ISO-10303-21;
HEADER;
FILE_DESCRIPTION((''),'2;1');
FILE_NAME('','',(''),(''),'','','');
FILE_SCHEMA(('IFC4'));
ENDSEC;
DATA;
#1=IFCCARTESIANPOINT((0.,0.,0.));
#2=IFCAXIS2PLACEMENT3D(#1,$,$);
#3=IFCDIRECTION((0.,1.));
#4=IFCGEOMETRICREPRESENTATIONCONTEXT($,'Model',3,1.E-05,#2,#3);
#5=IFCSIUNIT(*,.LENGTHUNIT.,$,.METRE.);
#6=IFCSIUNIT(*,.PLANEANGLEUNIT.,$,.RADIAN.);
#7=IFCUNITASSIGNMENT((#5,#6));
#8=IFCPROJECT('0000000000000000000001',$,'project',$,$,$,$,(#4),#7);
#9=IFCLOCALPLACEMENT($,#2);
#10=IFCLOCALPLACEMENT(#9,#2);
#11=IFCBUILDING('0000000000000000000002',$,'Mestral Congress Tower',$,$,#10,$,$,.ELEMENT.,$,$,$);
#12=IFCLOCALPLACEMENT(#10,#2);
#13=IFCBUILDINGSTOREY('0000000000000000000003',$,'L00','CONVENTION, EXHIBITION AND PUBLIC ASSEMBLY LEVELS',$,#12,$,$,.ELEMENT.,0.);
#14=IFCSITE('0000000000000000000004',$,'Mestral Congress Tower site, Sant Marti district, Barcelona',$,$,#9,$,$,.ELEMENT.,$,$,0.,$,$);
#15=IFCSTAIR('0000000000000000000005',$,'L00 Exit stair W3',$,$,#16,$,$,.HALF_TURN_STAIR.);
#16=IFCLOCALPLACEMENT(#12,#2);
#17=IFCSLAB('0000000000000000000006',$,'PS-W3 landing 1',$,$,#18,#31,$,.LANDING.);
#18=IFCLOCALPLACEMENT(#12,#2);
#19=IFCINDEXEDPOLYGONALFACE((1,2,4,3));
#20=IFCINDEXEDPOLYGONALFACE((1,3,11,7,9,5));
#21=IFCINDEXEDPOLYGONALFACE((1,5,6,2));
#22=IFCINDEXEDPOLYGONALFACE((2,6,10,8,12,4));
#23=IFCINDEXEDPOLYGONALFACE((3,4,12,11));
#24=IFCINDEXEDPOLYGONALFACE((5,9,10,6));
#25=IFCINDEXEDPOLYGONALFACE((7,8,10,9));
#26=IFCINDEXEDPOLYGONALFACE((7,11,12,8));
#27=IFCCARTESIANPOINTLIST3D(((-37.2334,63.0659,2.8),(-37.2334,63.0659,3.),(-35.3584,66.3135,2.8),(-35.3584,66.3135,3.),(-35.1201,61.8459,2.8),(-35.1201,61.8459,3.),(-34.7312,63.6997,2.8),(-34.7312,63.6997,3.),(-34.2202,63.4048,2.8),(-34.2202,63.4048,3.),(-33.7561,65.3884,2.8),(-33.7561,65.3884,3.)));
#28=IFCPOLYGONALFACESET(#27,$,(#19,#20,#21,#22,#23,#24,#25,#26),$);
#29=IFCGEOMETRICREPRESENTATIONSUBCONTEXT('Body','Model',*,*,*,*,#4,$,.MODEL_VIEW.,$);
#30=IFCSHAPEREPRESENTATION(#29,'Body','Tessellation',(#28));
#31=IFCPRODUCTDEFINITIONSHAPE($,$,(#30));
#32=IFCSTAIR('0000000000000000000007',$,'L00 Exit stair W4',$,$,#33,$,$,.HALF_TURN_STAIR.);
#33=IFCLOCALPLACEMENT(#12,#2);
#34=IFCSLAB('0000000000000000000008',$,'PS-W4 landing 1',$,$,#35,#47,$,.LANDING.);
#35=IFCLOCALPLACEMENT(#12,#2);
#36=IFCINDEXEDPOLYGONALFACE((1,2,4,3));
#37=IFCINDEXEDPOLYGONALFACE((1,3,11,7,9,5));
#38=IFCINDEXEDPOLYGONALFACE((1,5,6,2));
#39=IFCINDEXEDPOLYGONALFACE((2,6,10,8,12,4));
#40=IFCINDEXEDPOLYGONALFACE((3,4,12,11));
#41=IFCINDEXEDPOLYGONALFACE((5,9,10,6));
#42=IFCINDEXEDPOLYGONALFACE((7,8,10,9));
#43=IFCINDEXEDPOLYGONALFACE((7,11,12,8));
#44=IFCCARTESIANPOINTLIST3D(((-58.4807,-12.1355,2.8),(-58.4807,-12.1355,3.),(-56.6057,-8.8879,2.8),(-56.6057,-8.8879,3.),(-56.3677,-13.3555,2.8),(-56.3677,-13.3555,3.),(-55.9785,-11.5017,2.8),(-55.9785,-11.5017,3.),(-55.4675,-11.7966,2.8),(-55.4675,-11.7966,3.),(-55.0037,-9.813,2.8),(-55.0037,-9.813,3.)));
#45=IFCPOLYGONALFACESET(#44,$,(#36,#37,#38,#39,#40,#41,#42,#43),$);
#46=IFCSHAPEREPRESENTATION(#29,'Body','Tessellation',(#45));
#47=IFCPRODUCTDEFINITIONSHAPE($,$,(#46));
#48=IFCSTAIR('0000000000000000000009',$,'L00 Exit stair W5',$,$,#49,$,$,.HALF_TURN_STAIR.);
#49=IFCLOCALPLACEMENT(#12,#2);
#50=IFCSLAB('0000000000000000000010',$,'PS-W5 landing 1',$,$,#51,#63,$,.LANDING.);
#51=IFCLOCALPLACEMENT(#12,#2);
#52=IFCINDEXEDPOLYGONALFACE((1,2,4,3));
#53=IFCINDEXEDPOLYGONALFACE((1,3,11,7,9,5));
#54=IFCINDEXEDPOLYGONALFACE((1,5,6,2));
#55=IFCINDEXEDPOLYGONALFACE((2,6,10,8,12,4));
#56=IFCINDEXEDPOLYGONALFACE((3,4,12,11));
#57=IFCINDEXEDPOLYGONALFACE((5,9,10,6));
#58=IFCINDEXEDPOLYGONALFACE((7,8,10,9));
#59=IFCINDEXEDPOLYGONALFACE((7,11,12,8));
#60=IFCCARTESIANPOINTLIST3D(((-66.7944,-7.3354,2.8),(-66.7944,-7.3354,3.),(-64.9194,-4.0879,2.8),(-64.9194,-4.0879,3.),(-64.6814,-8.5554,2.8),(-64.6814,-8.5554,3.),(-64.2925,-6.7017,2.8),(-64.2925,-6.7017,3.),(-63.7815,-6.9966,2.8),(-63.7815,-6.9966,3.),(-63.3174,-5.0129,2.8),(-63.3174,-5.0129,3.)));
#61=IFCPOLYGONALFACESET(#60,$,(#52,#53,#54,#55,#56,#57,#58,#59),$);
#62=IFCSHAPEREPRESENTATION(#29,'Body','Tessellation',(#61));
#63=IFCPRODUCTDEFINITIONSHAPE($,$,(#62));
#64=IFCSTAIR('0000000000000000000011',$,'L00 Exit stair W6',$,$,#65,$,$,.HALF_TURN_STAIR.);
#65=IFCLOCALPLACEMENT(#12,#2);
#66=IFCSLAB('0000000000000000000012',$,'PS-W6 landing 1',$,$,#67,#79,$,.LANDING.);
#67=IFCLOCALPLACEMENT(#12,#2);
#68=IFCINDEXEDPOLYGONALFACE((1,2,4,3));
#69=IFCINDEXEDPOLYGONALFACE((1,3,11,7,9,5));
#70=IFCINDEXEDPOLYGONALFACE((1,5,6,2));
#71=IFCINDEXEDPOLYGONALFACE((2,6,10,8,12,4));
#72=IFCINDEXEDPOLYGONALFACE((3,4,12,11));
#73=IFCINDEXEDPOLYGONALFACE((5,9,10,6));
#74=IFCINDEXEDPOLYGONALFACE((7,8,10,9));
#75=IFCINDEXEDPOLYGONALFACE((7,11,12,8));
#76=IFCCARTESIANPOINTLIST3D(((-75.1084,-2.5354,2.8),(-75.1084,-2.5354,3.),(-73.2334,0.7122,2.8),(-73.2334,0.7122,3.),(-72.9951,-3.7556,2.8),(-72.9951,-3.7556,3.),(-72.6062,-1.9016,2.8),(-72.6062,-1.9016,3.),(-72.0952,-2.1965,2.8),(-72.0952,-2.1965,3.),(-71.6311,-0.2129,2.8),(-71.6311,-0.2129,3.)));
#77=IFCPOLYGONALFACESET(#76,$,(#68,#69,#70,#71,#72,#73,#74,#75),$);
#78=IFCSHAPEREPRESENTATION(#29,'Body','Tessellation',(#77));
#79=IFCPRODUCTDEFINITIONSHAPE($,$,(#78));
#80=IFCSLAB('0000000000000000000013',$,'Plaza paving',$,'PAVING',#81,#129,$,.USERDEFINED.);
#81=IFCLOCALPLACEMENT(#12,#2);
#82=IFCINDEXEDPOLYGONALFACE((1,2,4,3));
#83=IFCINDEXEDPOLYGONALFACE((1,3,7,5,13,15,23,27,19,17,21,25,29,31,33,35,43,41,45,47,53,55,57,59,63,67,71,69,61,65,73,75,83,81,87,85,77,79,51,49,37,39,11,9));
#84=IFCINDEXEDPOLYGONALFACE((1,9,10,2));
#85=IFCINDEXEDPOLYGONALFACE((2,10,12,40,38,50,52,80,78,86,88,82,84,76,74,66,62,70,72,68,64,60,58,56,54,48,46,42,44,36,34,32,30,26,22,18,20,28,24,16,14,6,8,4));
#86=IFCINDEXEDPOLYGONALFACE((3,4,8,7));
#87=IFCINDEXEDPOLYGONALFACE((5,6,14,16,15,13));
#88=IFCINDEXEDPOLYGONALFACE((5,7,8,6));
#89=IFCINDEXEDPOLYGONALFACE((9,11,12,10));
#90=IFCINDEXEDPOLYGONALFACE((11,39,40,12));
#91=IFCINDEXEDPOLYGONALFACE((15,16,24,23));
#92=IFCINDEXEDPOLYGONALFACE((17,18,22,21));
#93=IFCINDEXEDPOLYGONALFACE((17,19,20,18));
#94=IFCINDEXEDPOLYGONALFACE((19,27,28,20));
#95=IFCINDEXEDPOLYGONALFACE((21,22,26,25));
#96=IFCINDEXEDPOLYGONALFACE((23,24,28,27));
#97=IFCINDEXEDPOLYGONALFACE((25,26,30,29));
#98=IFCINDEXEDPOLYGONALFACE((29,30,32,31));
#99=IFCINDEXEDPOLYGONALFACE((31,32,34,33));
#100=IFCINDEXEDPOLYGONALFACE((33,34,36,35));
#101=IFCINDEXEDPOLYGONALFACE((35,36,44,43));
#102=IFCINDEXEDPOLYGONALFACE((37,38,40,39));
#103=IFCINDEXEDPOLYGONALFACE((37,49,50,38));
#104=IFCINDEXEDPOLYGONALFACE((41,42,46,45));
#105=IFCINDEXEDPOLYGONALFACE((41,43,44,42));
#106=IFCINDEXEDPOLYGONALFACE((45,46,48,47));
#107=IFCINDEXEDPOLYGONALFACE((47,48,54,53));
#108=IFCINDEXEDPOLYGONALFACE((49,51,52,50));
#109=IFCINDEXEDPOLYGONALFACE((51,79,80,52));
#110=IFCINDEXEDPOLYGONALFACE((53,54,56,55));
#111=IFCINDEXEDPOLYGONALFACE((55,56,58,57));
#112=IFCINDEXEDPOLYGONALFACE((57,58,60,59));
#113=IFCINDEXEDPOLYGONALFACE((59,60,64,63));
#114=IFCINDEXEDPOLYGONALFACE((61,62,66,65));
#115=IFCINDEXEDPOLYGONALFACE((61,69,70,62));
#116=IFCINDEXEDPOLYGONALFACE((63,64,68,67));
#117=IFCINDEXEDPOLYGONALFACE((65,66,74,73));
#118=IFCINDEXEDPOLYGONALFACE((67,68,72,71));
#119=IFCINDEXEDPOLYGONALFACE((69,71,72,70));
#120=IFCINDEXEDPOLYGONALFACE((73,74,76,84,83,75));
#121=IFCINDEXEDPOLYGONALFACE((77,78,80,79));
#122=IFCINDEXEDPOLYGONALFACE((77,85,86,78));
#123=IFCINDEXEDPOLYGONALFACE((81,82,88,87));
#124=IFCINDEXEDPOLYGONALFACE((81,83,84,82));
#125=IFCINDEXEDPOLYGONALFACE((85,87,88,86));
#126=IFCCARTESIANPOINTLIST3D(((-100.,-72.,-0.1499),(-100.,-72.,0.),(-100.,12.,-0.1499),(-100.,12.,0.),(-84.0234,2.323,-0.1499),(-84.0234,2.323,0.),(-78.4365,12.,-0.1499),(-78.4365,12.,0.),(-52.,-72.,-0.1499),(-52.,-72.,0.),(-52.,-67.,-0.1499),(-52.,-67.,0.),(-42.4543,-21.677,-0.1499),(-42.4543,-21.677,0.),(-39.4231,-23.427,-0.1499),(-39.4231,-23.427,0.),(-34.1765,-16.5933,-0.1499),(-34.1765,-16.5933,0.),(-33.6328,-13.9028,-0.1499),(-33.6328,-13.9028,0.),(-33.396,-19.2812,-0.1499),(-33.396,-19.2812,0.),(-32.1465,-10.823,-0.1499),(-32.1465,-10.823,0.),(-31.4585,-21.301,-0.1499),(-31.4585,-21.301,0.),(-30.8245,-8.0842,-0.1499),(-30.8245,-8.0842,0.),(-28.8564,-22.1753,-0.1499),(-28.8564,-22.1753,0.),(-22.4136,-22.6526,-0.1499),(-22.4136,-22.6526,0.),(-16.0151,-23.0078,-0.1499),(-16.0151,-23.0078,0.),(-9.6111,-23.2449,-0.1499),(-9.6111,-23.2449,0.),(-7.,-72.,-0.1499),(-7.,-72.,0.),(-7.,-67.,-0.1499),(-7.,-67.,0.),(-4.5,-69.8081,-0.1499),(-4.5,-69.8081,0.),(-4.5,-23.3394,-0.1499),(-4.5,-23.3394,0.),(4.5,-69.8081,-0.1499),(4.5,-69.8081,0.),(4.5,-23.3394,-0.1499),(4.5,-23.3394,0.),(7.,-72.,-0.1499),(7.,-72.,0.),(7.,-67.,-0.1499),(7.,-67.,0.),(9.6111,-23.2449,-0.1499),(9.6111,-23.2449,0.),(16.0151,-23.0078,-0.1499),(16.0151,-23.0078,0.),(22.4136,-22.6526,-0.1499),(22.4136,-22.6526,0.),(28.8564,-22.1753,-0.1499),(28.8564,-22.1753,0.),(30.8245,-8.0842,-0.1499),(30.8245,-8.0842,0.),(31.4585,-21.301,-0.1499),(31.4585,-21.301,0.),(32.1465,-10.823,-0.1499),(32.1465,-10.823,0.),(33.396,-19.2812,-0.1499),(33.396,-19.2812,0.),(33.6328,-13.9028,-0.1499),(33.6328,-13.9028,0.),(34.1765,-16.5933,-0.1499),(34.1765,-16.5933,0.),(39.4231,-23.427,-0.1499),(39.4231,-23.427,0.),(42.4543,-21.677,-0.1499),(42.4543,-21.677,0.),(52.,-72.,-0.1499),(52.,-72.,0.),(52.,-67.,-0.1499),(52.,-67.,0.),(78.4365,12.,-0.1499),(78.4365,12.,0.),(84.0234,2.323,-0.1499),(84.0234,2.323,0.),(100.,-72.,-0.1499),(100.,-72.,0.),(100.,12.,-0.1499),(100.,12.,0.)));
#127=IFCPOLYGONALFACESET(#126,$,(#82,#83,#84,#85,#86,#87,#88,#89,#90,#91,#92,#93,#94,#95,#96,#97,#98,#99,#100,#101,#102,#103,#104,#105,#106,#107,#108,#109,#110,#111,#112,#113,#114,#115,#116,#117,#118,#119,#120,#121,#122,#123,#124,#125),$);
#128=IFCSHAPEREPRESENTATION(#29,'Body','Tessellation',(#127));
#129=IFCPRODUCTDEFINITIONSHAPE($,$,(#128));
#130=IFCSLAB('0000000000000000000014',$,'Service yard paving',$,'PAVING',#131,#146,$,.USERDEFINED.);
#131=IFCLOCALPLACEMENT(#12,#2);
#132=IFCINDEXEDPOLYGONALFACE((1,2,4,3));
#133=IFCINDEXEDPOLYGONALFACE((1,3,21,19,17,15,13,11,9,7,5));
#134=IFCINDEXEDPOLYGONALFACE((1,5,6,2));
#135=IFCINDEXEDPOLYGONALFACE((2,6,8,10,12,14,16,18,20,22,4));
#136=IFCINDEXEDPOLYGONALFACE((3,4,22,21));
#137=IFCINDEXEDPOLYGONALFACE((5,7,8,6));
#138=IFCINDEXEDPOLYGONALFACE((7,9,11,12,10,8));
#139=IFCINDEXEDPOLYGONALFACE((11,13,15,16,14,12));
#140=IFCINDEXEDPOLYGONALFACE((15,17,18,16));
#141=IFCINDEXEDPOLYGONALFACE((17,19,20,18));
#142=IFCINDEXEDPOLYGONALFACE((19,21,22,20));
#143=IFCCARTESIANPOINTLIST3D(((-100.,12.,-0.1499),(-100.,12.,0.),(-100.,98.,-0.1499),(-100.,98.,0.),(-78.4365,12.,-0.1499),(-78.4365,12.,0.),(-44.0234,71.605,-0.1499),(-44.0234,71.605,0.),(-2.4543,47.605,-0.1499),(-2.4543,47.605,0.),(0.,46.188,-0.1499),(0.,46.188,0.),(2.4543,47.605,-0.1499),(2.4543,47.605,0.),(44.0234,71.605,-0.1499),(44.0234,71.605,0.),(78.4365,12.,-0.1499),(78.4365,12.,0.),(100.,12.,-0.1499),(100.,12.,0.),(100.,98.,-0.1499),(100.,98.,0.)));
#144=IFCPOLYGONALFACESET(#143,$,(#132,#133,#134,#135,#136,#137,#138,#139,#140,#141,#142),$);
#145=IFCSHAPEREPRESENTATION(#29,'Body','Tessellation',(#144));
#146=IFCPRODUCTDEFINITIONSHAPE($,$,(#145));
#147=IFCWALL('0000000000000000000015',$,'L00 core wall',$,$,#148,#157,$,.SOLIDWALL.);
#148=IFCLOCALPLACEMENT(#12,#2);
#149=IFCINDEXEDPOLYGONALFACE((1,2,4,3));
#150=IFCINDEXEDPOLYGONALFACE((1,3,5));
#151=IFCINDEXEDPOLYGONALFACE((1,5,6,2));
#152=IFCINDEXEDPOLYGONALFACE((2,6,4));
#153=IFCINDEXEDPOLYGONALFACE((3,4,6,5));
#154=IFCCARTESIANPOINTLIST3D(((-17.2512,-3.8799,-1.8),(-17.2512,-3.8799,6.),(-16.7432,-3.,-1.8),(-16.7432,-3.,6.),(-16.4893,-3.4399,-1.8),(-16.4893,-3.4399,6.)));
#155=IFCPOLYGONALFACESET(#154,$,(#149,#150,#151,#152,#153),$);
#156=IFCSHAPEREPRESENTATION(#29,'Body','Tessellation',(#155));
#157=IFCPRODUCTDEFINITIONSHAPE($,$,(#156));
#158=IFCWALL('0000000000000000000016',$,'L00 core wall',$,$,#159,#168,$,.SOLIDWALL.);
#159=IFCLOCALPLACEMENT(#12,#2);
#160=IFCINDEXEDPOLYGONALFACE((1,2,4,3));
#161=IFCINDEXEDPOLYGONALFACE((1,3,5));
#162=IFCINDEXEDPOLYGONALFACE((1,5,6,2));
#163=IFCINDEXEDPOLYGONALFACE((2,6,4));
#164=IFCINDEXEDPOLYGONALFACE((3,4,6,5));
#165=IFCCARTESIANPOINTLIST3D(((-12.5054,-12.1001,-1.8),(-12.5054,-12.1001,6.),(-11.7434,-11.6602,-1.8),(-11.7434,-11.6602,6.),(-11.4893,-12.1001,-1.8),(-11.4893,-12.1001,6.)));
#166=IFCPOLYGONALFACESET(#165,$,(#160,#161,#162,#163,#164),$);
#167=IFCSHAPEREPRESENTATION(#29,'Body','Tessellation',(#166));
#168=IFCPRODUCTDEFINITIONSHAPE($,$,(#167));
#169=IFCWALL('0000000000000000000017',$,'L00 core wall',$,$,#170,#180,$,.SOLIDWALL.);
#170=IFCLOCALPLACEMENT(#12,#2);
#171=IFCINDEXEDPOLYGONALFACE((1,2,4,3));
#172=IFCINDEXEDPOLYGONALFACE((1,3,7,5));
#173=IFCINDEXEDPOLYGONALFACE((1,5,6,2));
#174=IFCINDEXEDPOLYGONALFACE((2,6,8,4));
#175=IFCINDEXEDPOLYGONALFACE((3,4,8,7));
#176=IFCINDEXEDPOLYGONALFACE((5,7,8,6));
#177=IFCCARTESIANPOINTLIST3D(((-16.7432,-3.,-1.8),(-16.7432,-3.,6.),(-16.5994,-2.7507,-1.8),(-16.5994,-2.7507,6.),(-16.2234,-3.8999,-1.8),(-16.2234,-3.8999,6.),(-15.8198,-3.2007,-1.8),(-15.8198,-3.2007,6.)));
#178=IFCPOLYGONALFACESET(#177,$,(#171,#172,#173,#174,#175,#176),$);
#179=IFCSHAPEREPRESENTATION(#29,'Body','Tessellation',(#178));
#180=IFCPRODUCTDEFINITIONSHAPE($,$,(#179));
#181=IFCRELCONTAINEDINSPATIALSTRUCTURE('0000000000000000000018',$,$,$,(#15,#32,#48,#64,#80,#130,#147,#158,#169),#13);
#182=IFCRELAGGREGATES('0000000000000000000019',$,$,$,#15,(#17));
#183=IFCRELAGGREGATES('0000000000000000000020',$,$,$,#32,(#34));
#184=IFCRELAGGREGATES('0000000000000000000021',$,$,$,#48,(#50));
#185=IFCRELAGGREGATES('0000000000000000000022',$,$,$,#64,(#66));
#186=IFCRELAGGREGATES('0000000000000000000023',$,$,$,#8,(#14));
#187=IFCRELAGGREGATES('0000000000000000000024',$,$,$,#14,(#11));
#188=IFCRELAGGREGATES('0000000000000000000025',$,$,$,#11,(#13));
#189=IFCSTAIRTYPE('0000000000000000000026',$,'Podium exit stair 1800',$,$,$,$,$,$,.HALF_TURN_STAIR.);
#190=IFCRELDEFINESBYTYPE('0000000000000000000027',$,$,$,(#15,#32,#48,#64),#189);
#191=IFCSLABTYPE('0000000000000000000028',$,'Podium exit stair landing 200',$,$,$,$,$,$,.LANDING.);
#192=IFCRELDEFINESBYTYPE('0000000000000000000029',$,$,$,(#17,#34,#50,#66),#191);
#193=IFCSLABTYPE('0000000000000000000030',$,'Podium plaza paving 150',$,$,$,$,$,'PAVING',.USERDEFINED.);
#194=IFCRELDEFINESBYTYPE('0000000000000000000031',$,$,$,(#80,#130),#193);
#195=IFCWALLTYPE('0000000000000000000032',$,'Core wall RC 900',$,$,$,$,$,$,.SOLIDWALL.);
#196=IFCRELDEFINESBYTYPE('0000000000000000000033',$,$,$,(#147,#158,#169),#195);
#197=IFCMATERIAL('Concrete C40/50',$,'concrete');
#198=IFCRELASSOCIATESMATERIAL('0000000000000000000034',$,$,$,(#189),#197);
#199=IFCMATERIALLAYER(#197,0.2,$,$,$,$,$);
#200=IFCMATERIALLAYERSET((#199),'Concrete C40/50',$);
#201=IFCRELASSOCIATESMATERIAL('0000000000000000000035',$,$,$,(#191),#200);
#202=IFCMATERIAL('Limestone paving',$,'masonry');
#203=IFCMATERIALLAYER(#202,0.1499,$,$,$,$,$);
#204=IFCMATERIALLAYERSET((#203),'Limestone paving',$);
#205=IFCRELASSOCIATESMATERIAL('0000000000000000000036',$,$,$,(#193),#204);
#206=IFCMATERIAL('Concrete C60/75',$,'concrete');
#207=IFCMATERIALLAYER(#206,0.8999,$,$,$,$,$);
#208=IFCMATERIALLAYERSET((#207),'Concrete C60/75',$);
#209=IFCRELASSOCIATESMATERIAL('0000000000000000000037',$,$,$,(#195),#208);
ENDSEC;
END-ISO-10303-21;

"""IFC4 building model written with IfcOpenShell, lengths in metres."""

from ifc_helpers import new_model, si_unit, direction, frame, origin, place, context, subcontext, project, spatial, polyline, outline, extrude, material, layer, layer_set, type_object, element, aggregate, save


model = new_model("IFC4")

# Units and contexts
model_context = context("Model", 3, precision=1e-05, world=origin(), true_north=direction((0.0, 1.0)))
body_context = subcontext(model_context, "Body", "Model", "MODEL_VIEW")
ifc_project = project(units=[si_unit("LENGTHUNIT", "METRE"), si_unit("PLANEANGLEUNIT", "RADIAN")], contexts=[model_context])

# Site, building, storey
site_placement = place(None, origin())
site = spatial("IfcSite", under=ifc_project, at=site_placement, Name="Mestral Congress Tower site, Sant Marti district, Barcelona", CompositionType="ELEMENT", RefElevation=0.0)
building_placement = place(site_placement, origin())
building = spatial("IfcBuilding", under=site, at=building_placement, Name="Mestral Congress Tower", CompositionType="ELEMENT")
storey_placement = place(building_placement, origin())
storey = spatial("IfcBuildingStorey", under=building, at=storey_placement, Name="L00", Description="CONVENTION, EXHIBITION AND PUBLIC ASSEMBLY LEVELS", CompositionType="ELEMENT", Elevation=0.0)

# Stairs, slabs
ifc_material_1 = material(Name="Concrete C40/50", Category="concrete")
stair_type = type_object("IfcStairType", Name="Podium exit stair 1800", PredefinedType="HALF_TURN_STAIR", material=ifc_material_1)
placement_1 = place(storey_placement, origin())
ifc_layer_1 = layer(ifc_material_1, 0.2)
ifc_layer_set_1 = layer_set([ifc_layer_1], Name="Concrete C40/50")
slab_type_1 = type_object("IfcSlabType", Name="Podium exit stair landing 200", PredefinedType="LANDING", material=ifc_layer_set_1)
placement_2 = place(storey_placement, frame((0.0, 0.0, 2.8)))
stair_1 = element("IfcStair", 1, at=placement_1, inside=storey, type_object=stair_type, Name="L00 Exit stair W3", PredefinedType="HALF_TURN_STAIR")
slab_1 = element("IfcSlab", 2, at=placement_2, type_object=slab_type_1, Name="PS-W3 landing 1", PredefinedType="LANDING", context=body_context, shape_type="SweptSolid", body=[
    extrude(outline(polyline([(-34.2202, 63.4048), (-35.1201, 61.8459), (-37.2334, 63.0659), (-35.3584, 66.3135), (-33.7561, 65.3884), (-34.7312, 63.6997), (-34.2202, 63.4048)])), origin(), (0.0, 0.0, 1.0), 0.2),
])
aggregate(stair_1, [slab_1])
stair_2 = element("IfcStair", 3, at=placement_1, inside=storey, type_object=stair_type, Name="L00 Exit stair W4", PredefinedType="HALF_TURN_STAIR")
slab_2 = element("IfcSlab", 4, at=placement_2, type_object=slab_type_1, Name="PS-W4 landing 1", PredefinedType="LANDING", context=body_context, shape_type="SweptSolid", body=[
    extrude(outline(polyline([(-55.4675, -11.7966), (-56.3677, -13.3555), (-58.4807, -12.1355), (-56.6057, -8.8879), (-55.0037, -9.813), (-55.9785, -11.5017), (-55.4675, -11.7966)])), origin(), (0.0, 0.0, 1.0), 0.2),
])
aggregate(stair_2, [slab_2])
stair_3 = element("IfcStair", 5, at=placement_1, inside=storey, type_object=stair_type, Name="L00 Exit stair W5", PredefinedType="HALF_TURN_STAIR")
slab_3 = element("IfcSlab", 6, at=placement_2, type_object=slab_type_1, Name="PS-W5 landing 1", PredefinedType="LANDING", context=body_context, shape_type="SweptSolid", body=[
    extrude(outline(polyline([(-63.7815, -6.9966), (-64.6814, -8.5554), (-66.7944, -7.3354), (-64.9194, -4.0879), (-63.3174, -5.0129), (-64.2925, -6.7017), (-63.7815, -6.9966)])), origin(), (0.0, 0.0, 1.0), 0.2),
])
aggregate(stair_3, [slab_3])
stair_4 = element("IfcStair", 7, at=placement_1, inside=storey, type_object=stair_type, Name="L00 Exit stair W6", PredefinedType="HALF_TURN_STAIR")
slab_4 = element("IfcSlab", 8, at=placement_2, type_object=slab_type_1, Name="PS-W6 landing 1", PredefinedType="LANDING", context=body_context, shape_type="SweptSolid", body=[
    extrude(outline(polyline([(-72.0952, -2.1965), (-72.9951, -3.7556), (-75.1084, -2.5354), (-73.2334, 0.7122), (-71.6311, -0.2129), (-72.6062, -1.9016), (-72.0952, -2.1965)])), origin(), (0.0, 0.0, 1.0), 0.2),
])
aggregate(stair_4, [slab_4])

# Slabs
ifc_material_2 = material(Name="Limestone paving", Category="masonry")
ifc_layer_2 = layer(ifc_material_2, 0.1499)
ifc_layer_set_2 = layer_set([ifc_layer_2], Name="Limestone paving")
slab_type_2 = type_object("IfcSlabType", Name="Podium plaza paving 150", ElementType="PAVING", PredefinedType="USERDEFINED", material=ifc_layer_set_2)
placement_3 = place(storey_placement, frame((0.0, 0.0, -0.1499)))
element("IfcSlab", 9, at=placement_3, inside=storey, type_object=slab_type_2, Name="Plaza paving", ObjectType="PAVING", PredefinedType="USERDEFINED", context=body_context, shape_type="SweptSolid", body=[
    extrude(outline(polyline([(100.0, -72.0), (52.0, -72.0), (52.0, -67.0), (7.0, -67.0), (7.0, -72.0), (-7.0, -72.0), (-7.0, -67.0), (-52.0, -67.0), (-52.0, -72.0), (-100.0, -72.0), (-100.0, 12.0), (-78.4365, 12.0), (-84.0234, 2.323), (-42.4543, -21.677), (-39.4231, -23.427), (-32.1465, -10.823), (-30.8245, -8.0842), (-33.6328, -13.9028), (-34.1765, -16.5933), (-33.396, -19.2812), (-31.4585, -21.301), (-28.8564, -22.1753), (-22.4136, -22.6526), (-16.0151, -23.0078), (-9.6111, -23.2449), (-4.5, -23.3394), (-4.5, -69.8081), (4.5, -69.8081), (4.5, -23.3394), (9.6111, -23.2449), (16.0151, -23.0078), (22.4136, -22.6526), (28.8564, -22.1753), (31.4585, -21.301), (33.396, -19.2812), (34.1765, -16.5933), (33.6328, -13.9028), (30.8245, -8.0842), (32.1465, -10.823), (39.4231, -23.427), (42.4543, -21.677), (84.0234, 2.323), (78.4365, 12.0), (100.0, 12.0), (100.0, -72.0)])), origin(), (0.0, 0.0, 1.0), 0.1499),
])
element("IfcSlab", 10, at=placement_3, inside=storey, type_object=slab_type_2, Name="Service yard paving", ObjectType="PAVING", PredefinedType="USERDEFINED", context=body_context, shape_type="SweptSolid", body=[
    extrude(outline(polyline([(-100.0, 98.0), (100.0, 98.0), (100.0, 12.0), (78.4365, 12.0), (44.0234, 71.605), (2.4543, 47.605), (0.0, 46.188), (-2.4543, 47.605), (-44.0234, 71.605), (-78.4365, 12.0), (-100.0, 12.0), (-100.0, 98.0)])), origin(), (0.0, 0.0, 1.0), 0.1499),
])

# Walls
ifc_material_3 = material(Name="Concrete C60/75", Category="concrete")
ifc_layer_3 = layer(ifc_material_3, 0.8999)
ifc_layer_set_3 = layer_set([ifc_layer_3], Name="Concrete C60/75")
wall_type_1 = type_object("IfcWallType", Name="Core wall RC 900", PredefinedType="SOLIDWALL", material=ifc_layer_set_3)
placement_4 = place(storey_placement, frame((0.0, 0.0, -1.8)))
element("IfcWall", 11, at=placement_4, inside=storey, type_object=wall_type_1, Name="L00 core wall", PredefinedType="SOLIDWALL", context=body_context, shape_type="SweptSolid", body=[
    extrude(outline(polyline([(-16.4893, -3.4399), (-17.2512, -3.8799), (-16.7432, -3.0), (-16.4893, -3.4399)])), origin(), (0.0, 0.0, 1.0), 7.8),
])
element("IfcWall", 12, at=placement_4, inside=storey, type_object=wall_type_1, Name="L00 core wall", PredefinedType="SOLIDWALL", context=body_context, shape_type="SweptSolid", body=[
    extrude(outline(polyline([(-11.4893, -12.1001), (-12.5054, -12.1001), (-11.7434, -11.6602), (-11.4893, -12.1001)])), origin(), (0.0, 0.0, 1.0), 7.8),
])
element("IfcWall", 13, at=placement_4, inside=storey, type_object=wall_type_1, Name="L00 core wall", PredefinedType="SOLIDWALL", context=body_context, shape_type="SweptSolid", body=[
    extrude(outline(polyline([(-15.8198, -3.2007), (-16.2234, -3.8999), (-16.7432, -3.0), (-16.5994, -2.7507), (-15.8198, -3.2007)])), origin(), (0.0, 0.0, 1.0), 7.8),
])

save(model, "model.ifc")
